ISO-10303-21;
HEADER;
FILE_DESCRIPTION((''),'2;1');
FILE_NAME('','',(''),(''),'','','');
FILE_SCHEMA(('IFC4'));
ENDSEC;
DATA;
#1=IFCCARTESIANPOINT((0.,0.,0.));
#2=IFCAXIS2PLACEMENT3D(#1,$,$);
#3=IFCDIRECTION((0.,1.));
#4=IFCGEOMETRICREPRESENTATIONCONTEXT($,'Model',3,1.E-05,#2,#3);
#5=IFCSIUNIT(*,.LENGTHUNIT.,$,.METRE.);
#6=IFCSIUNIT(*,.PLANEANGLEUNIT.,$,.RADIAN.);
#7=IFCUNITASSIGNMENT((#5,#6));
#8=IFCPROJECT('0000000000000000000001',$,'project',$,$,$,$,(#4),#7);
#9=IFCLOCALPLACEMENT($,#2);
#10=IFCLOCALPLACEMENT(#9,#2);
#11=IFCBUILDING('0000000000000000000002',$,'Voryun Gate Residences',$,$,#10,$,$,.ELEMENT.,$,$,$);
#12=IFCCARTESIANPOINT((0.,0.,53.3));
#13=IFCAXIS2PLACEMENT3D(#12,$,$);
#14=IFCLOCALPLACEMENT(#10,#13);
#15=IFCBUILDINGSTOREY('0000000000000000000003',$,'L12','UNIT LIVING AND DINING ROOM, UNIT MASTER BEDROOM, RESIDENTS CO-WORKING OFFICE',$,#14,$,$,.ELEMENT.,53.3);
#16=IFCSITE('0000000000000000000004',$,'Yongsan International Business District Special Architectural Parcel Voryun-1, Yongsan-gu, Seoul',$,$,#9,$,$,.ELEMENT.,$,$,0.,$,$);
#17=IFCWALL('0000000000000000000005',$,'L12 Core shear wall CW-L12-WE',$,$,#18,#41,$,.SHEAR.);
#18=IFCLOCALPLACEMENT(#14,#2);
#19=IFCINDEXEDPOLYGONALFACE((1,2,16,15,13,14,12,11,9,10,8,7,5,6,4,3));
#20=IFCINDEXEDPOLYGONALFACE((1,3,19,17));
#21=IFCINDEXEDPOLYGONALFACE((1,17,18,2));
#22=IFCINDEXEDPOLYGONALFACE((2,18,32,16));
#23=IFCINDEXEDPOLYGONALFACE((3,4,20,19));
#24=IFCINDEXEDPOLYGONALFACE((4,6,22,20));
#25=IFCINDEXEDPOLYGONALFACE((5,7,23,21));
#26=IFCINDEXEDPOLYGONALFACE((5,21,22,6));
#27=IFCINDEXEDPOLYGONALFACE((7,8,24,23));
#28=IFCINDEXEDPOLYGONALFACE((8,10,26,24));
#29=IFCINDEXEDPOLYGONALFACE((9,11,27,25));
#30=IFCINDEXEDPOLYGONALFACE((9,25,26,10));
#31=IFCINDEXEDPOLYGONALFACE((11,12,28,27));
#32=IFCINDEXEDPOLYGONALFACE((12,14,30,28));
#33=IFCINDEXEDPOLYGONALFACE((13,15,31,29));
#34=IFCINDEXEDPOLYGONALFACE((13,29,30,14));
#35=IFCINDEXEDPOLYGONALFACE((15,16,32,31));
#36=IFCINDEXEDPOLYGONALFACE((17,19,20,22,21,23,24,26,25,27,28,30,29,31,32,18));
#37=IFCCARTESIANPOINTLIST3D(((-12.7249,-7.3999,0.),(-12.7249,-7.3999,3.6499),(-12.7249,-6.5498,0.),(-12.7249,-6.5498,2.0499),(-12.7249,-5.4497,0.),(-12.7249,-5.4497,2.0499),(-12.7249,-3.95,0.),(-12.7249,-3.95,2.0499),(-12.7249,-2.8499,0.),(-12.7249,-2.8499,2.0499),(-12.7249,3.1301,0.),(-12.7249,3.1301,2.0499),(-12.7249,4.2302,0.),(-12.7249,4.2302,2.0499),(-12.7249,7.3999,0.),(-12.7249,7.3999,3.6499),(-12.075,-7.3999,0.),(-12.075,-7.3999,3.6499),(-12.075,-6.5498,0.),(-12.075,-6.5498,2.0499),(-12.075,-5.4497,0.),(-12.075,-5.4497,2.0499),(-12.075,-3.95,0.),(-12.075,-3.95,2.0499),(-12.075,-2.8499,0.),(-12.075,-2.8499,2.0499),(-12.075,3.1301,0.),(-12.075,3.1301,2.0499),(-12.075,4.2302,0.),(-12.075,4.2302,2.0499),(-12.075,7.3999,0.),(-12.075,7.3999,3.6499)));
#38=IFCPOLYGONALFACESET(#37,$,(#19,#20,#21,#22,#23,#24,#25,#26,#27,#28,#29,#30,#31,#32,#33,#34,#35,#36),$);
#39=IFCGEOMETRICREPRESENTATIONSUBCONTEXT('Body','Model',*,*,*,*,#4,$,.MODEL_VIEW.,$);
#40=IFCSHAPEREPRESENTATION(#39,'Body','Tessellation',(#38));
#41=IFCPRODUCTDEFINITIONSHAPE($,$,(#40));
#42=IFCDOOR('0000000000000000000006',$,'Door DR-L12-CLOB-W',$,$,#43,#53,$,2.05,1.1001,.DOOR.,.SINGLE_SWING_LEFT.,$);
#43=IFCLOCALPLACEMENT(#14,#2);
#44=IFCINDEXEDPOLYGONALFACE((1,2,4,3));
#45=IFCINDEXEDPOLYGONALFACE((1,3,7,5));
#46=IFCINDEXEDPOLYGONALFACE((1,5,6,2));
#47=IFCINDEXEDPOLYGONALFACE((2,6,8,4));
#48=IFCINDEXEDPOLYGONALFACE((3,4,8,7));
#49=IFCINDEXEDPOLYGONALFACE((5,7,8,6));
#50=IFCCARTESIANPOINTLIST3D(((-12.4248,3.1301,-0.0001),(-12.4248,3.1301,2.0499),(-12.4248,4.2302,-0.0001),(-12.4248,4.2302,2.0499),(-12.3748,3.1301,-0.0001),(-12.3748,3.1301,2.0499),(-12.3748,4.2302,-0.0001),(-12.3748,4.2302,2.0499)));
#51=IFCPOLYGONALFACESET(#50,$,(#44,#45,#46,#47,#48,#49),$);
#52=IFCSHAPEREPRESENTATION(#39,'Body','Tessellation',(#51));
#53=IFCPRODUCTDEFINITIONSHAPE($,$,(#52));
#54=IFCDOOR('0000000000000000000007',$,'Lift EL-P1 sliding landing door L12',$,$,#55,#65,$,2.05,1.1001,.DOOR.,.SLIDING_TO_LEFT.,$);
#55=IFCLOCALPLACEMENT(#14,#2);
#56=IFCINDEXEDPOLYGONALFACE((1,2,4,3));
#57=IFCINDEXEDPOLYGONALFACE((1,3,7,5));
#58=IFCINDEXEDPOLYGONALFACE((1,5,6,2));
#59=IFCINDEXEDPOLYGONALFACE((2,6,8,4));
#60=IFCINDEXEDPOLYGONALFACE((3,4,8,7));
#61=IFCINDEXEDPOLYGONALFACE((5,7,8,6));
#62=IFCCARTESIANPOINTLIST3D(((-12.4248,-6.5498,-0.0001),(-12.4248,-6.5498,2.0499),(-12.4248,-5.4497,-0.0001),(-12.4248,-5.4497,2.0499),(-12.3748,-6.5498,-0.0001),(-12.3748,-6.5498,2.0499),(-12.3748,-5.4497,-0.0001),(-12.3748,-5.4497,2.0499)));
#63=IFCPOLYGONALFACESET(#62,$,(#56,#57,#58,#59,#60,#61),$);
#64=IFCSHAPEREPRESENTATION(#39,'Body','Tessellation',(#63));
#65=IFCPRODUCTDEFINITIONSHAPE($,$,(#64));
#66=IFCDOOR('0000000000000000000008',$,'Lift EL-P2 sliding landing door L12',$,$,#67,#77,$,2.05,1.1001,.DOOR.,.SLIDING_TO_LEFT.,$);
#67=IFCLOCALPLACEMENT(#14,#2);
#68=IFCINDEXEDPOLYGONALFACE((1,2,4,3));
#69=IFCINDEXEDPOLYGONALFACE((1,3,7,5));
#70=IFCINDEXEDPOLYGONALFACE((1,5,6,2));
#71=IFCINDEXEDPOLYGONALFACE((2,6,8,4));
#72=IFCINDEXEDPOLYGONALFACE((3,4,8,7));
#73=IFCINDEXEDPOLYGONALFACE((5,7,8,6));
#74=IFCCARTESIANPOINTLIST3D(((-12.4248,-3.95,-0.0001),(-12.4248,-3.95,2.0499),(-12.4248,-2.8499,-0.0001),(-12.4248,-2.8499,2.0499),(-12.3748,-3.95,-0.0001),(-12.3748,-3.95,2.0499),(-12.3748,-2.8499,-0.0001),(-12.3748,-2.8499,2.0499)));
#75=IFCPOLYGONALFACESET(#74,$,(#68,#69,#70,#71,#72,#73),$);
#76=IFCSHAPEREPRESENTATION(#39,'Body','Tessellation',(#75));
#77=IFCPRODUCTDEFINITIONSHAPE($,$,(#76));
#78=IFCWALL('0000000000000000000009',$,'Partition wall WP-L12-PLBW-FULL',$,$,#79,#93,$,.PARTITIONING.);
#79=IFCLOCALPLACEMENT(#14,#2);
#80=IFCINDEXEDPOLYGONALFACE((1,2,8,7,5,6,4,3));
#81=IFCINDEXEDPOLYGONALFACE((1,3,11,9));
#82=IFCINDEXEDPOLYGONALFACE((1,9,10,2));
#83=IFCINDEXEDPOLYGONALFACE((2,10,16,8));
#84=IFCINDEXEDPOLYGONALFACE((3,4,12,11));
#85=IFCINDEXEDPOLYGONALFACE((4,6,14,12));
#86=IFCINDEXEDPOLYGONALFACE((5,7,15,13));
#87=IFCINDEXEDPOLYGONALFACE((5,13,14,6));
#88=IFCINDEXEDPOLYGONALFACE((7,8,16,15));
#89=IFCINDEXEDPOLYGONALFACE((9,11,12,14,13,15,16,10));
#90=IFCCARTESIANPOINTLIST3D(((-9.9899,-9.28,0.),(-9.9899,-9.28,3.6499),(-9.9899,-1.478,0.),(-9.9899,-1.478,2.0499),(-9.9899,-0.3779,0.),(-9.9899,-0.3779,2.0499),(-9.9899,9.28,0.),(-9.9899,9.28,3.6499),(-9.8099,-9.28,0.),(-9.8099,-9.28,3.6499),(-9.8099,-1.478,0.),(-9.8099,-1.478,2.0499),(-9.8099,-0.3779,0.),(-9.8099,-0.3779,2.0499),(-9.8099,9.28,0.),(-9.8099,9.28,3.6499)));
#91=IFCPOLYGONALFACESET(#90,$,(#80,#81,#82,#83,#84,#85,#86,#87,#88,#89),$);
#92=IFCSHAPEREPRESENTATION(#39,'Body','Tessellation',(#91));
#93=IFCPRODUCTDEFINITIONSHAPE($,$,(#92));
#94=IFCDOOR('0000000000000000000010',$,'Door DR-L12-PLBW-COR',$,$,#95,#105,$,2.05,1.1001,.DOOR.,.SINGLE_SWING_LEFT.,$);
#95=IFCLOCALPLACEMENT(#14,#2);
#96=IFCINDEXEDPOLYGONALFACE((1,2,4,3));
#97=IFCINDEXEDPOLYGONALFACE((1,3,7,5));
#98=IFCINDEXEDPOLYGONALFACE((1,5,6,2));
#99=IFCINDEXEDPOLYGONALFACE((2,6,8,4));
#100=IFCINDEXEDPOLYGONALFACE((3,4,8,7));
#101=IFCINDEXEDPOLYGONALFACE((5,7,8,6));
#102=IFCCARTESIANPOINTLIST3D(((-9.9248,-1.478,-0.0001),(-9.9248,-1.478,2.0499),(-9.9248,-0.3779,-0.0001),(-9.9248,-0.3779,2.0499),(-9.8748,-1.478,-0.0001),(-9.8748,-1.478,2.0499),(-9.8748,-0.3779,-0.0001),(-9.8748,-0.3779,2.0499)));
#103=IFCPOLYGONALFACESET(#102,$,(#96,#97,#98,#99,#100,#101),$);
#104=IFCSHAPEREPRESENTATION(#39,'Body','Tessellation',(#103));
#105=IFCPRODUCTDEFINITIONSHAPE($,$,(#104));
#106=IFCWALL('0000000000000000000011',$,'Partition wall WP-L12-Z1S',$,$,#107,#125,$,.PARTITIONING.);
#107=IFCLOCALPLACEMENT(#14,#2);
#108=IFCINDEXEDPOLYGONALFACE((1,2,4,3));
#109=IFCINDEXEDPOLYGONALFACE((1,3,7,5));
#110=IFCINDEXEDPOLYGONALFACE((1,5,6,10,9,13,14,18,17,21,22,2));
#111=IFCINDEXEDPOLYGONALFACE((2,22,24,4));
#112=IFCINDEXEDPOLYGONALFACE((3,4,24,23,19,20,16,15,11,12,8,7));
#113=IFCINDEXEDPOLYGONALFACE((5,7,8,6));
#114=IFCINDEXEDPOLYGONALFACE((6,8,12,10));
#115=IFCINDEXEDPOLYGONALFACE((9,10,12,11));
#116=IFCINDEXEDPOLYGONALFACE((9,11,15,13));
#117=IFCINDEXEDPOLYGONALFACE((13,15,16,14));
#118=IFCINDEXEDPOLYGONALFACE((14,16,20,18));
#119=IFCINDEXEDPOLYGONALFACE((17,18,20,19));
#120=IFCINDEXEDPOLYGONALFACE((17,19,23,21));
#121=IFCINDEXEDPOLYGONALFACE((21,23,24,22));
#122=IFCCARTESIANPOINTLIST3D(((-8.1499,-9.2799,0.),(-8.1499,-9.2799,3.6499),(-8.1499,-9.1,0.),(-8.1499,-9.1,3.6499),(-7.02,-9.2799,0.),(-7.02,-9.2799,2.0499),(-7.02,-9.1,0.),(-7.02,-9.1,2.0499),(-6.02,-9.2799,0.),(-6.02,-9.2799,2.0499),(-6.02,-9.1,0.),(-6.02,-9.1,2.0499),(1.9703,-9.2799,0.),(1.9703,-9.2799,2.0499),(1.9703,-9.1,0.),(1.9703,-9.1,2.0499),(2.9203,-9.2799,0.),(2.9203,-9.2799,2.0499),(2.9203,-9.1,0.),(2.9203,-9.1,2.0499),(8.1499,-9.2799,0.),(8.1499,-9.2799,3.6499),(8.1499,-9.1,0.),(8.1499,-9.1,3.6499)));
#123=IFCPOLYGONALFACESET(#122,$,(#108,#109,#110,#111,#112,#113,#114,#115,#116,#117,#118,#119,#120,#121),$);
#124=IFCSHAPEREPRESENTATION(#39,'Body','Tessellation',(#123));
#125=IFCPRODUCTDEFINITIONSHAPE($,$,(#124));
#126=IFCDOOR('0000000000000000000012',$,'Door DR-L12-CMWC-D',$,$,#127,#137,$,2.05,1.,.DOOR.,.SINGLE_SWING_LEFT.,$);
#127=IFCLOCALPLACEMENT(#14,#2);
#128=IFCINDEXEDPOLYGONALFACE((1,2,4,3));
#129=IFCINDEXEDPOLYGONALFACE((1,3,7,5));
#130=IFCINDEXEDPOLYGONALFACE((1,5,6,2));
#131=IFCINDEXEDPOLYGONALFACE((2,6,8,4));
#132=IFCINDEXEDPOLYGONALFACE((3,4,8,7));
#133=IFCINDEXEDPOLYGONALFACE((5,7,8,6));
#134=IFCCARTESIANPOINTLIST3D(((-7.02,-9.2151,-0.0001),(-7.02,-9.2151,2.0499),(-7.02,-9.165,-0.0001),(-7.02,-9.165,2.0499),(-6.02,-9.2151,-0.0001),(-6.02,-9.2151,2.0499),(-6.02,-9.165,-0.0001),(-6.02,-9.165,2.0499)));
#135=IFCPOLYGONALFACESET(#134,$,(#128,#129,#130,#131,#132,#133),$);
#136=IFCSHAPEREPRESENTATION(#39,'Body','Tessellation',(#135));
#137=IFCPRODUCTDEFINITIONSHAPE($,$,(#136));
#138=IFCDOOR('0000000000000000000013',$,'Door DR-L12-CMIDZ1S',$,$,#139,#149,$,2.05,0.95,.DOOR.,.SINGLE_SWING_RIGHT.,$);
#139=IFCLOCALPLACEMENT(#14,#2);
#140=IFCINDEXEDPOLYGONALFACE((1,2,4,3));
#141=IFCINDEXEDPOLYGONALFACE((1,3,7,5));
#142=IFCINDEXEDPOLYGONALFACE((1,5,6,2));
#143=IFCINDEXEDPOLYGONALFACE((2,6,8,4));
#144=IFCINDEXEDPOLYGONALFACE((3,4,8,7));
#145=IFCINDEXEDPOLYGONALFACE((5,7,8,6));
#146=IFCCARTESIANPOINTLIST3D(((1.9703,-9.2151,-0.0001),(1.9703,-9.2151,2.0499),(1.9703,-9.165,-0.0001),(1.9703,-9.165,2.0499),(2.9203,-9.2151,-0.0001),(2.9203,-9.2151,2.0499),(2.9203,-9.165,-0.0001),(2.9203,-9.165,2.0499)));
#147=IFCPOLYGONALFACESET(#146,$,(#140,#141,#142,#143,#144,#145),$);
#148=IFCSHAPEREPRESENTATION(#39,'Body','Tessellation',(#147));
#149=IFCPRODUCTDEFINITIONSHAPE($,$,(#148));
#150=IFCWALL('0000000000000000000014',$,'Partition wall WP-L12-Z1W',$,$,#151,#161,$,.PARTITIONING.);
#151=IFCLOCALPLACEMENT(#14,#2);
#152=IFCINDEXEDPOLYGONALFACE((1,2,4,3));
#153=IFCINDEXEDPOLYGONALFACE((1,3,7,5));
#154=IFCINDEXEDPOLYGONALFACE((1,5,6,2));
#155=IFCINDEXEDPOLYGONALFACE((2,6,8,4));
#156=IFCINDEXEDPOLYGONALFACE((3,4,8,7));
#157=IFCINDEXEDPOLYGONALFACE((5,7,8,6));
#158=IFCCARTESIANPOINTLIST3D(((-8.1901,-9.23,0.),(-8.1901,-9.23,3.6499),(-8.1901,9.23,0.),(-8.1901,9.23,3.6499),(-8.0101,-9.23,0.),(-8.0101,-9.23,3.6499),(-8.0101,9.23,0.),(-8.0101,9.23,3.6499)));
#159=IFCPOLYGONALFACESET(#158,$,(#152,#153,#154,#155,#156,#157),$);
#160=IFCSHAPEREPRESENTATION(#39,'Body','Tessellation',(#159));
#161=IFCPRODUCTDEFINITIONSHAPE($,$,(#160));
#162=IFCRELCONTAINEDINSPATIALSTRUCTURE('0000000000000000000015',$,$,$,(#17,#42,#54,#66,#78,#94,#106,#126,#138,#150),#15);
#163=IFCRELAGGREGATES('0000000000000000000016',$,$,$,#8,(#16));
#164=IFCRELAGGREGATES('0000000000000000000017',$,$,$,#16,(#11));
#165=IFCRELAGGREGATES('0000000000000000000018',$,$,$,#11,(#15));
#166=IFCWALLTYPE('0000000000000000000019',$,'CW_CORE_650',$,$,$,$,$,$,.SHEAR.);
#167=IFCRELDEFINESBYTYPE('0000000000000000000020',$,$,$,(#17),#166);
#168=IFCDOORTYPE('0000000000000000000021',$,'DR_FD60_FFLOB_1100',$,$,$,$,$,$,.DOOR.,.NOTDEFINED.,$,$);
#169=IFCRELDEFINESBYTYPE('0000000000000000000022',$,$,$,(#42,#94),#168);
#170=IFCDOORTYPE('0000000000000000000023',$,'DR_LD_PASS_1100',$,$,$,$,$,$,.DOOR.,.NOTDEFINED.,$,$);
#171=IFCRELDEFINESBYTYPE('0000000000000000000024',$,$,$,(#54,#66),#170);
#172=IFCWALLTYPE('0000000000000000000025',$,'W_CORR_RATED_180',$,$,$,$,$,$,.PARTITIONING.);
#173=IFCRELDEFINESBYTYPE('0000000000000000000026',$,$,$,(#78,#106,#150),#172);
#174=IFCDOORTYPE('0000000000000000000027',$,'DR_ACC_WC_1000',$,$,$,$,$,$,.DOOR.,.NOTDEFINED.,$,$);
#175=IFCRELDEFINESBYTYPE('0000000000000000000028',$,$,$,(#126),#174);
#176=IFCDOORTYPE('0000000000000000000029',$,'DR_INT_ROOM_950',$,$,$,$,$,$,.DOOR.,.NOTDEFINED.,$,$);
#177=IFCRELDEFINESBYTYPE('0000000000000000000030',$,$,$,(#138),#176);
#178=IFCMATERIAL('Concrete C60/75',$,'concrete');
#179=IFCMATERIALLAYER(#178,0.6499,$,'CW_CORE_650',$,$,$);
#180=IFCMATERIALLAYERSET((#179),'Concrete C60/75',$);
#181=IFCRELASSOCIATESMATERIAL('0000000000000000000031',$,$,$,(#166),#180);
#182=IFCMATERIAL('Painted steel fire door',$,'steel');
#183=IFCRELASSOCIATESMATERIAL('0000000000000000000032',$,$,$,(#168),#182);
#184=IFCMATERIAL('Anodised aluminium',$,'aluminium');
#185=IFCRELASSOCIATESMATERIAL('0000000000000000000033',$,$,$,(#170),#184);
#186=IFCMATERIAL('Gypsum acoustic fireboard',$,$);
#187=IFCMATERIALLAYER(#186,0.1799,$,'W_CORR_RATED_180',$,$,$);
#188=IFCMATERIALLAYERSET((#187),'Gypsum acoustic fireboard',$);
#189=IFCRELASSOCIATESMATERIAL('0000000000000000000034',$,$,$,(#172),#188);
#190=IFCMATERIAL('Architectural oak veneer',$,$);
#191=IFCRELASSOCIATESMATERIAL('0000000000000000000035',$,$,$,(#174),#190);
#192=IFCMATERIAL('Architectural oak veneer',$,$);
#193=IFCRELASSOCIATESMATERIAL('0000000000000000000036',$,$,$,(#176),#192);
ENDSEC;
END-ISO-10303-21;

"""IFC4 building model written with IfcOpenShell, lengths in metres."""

from ifc_helpers import new_model, si_unit, direction, frame, frame_2d, origin, place, context, subcontext, project, spatial, rectangle, extrude, material, layer, layer_set, type_object, element, fill, save


model = new_model("IFC4")

# Units and contexts
model_context = context("Model", 3, precision=1e-05, world=origin(), true_north=direction((0.0, 1.0)))
body_context = subcontext(model_context, "Body", "Model", "MODEL_VIEW")
ifc_project = project(units=[si_unit("LENGTHUNIT", "METRE"), si_unit("PLANEANGLEUNIT", "RADIAN")], contexts=[model_context])

# Site, building, storey
site_placement = place(None, origin())
site = spatial("IfcSite", under=ifc_project, at=site_placement, Name="Yongsan International Business District Special Architectural Parcel Voryun-1, Yongsan-gu, Seoul", CompositionType="ELEMENT", RefElevation=0.0)
building_placement = place(site_placement, origin())
building = spatial("IfcBuilding", under=site, at=building_placement, Name="Voryun Gate Residences", CompositionType="ELEMENT")
storey_placement = place(building_placement, frame((0.0, 0.0, 53.3)))
storey = spatial("IfcBuildingStorey", under=building, at=storey_placement, Name="L12", Description="UNIT LIVING AND DINING ROOM, UNIT MASTER BEDROOM, RESIDENTS CO-WORKING OFFICE", CompositionType="ELEMENT", Elevation=53.3)

# Shared definitions
ifc_material_1 = material(Name="Concrete C60/75", Category="concrete")
ifc_layer_1 = layer(ifc_material_1, 0.6499, Name="CW_CORE_650")
ifc_layer_set_1 = layer_set([ifc_layer_1], Name="Concrete C60/75")
wall_type_1 = type_object("IfcWallType", Name="CW_CORE_650", PredefinedType="SHEAR", material=ifc_layer_set_1)

# Wall, openings, doors
wall_1_placement = place(storey_placement, frame((-12.3999, -7.3999, 0.0), z_axis=(0.0, 0.0, 1.0), x_axis=(0.0, 1.0, 0.0)))
wall_1 = element("IfcWall", 1, at=wall_1_placement, inside=storey, type_object=wall_type_1, Name="L12 Core shear wall CW-L12-WE", PredefinedType="SHEAR", context=body_context, shape_type="SweptSolid", body=[
    extrude(rectangle(XDim=14.7998, YDim=0.6499, at=frame_2d((7.3999, 0.0))), origin(), (0.0, 0.0, 1.0), 3.6499),
])
opening_1_placement = place(wall_1_placement, frame((0.8501, 0.0, 0.0)))
opening_1 = element("IfcOpeningElement", 2, at=opening_1_placement, cuts=wall_1, PredefinedType="OPENING", context=body_context, shape_type="SweptSolid", body=[
    extrude(rectangle(XDim=1.1001, YDim=2.05, at=frame_2d((0.55, 1.0249))), frame((0.0, 0.335, 0.0), z_axis=(0.0, -1.0, 0.0), x_axis=(1.0, 0.0, 0.0)), (0.0, 0.0, 1.0), 0.6699),
])
opening_2_placement = place(wall_1_placement, frame((3.45, 0.0, 0.0)))
opening_2 = element("IfcOpeningElement", 3, at=opening_2_placement, cuts=wall_1, PredefinedType="OPENING", context=body_context, shape_type="SweptSolid", body=[
    extrude(rectangle(XDim=1.1001, YDim=2.05, at=frame_2d((0.55, 1.0249))), frame((0.0, 0.335, 0.0), z_axis=(0.0, -1.0, 0.0), x_axis=(1.0, 0.0, 0.0)), (0.0, 0.0, 1.0), 0.6699),
])
opening_3_placement = place(wall_1_placement, frame((10.53, 0.0, 0.0)))
opening_3 = element("IfcOpeningElement", 4, at=opening_3_placement, cuts=wall_1, PredefinedType="OPENING", context=body_context, shape_type="SweptSolid", body=[
    extrude(rectangle(XDim=1.1001, YDim=2.05, at=frame_2d((0.55, 1.0249))), frame((0.0, 0.335, 0.0), z_axis=(0.0, -1.0, 0.0), x_axis=(1.0, 0.0, 0.0)), (0.0, 0.0, 1.0), 0.6699),
])
ifc_material_2 = material(Name="Painted steel fire door", Category="steel")
door_type_1 = type_object("IfcDoorType", Name="DR_FD60_FFLOB_1100", OperationType="NOTDEFINED", PredefinedType="DOOR", material=ifc_material_2)
door_1_placement = place(opening_3_placement, origin())
door_1 = element("IfcDoor", 5, at=door_1_placement, inside=storey, type_object=door_type_1, Name="Door DR-L12-CLOB-W", OperationType="SINGLE_SWING_LEFT", OverallHeight=2.05, OverallWidth=1.1001, PredefinedType="DOOR", context=body_context, shape_type="SweptSolid", body=[
    extrude(rectangle(XDim=1.1001, YDim=2.05, at=frame_2d((0.55, 1.0249))), frame((0.0, 0.0249, 0.0), z_axis=(0.0, -1.0, 0.0), x_axis=(1.0, 0.0, 0.0)), (0.0, 0.0, 1.0), 0.05),
])
fill(opening_3, door_1)
ifc_material_3 = material(Name="Anodised aluminium", Category="aluminium")
door_type_2 = type_object("IfcDoorType", Name="DR_LD_PASS_1100", OperationType="NOTDEFINED", PredefinedType="DOOR", material=ifc_material_3)
door_2_placement = place(opening_1_placement, origin())
door_2 = element("IfcDoor", 6, at=door_2_placement, inside=storey, type_object=door_type_2, Name="Lift EL-P1 sliding landing door L12", OperationType="SLIDING_TO_LEFT", OverallHeight=2.05, OverallWidth=1.1001, PredefinedType="DOOR", context=body_context, shape_type="SweptSolid", body=[
    extrude(rectangle(XDim=1.1001, YDim=2.05, at=frame_2d((0.55, 1.0249))), frame((0.0, 0.0249, 0.0), z_axis=(0.0, -1.0, 0.0), x_axis=(1.0, 0.0, 0.0)), (0.0, 0.0, 1.0), 0.05),
])
fill(opening_1, door_2)
door_3_placement = place(opening_2_placement, origin())
door_3 = element("IfcDoor", 7, at=door_3_placement, inside=storey, type_object=door_type_2, Name="Lift EL-P2 sliding landing door L12", OperationType="SLIDING_TO_LEFT", OverallHeight=2.05, OverallWidth=1.1001, PredefinedType="DOOR", context=body_context, shape_type="SweptSolid", body=[
    extrude(rectangle(XDim=1.1001, YDim=2.05, at=frame_2d((0.55, 1.0249))), frame((0.0, 0.0249, 0.0), z_axis=(0.0, -1.0, 0.0), x_axis=(1.0, 0.0, 0.0)), (0.0, 0.0, 1.0), 0.05),
])
fill(opening_2, door_3)

# Wall, opening, door
ifc_material_4 = material(Name="Gypsum acoustic fireboard")
ifc_layer_2 = layer(ifc_material_4, 0.1799, Name="W_CORR_RATED_180")
ifc_layer_set_2 = layer_set([ifc_layer_2], Name="Gypsum acoustic fireboard")
wall_type_2 = type_object("IfcWallType", Name="W_CORR_RATED_180", PredefinedType="PARTITIONING", material=ifc_layer_set_2)
wall_2_placement = place(storey_placement, frame((-9.8999, -9.28, 0.0), z_axis=(0.0, 0.0, 1.0), x_axis=(0.0, 1.0, 0.0)))
wall_2 = element("IfcWall", 8, at=wall_2_placement, inside=storey, type_object=wall_type_2, Name="Partition wall WP-L12-PLBW-FULL", PredefinedType="PARTITIONING", context=body_context, shape_type="SweptSolid", body=[
    extrude(rectangle(XDim=18.5601, YDim=0.1799, at=frame_2d((9.28, 0.0))), origin(), (0.0, 0.0, 1.0), 3.6499),
])
opening_4_placement = place(wall_2_placement, frame((7.802, 0.0, 0.0)))
opening_4 = element("IfcOpeningElement", 9, at=opening_4_placement, cuts=wall_2, PredefinedType="OPENING", context=body_context, shape_type="SweptSolid", body=[
    extrude(rectangle(XDim=1.1001, YDim=2.05, at=frame_2d((0.55, 1.0249))), frame((0.0, 0.0999, 0.0), z_axis=(0.0, -1.0, 0.0), x_axis=(1.0, 0.0, 0.0)), (0.0, 0.0, 1.0), 0.2),
])
door_4_placement = place(opening_4_placement, origin())
door_4 = element("IfcDoor", 10, at=door_4_placement, inside=storey, type_object=door_type_1, Name="Door DR-L12-PLBW-COR", OperationType="SINGLE_SWING_LEFT", OverallHeight=2.05, OverallWidth=1.1001, PredefinedType="DOOR", context=body_context, shape_type="SweptSolid", body=[
    extrude(rectangle(XDim=1.1001, YDim=2.05, at=frame_2d((0.55, 1.0249))), frame((0.0, 0.0249, 0.0), z_axis=(0.0, -1.0, 0.0), x_axis=(1.0, 0.0, 0.0)), (0.0, 0.0, 1.0), 0.05),
])
fill(opening_4, door_4)

# Wall, openings, doors
wall_3_placement = place(storey_placement, frame((-8.1499, -9.1899, 0.0), z_axis=(0.0, 0.0, 1.0), x_axis=(1.0, 0.0, 0.0)))
wall_3 = element("IfcWall", 11, at=wall_3_placement, inside=storey, type_object=wall_type_2, Name="Partition wall WP-L12-Z1S", PredefinedType="PARTITIONING", context=body_context, shape_type="SweptSolid", body=[
    extrude(rectangle(XDim=16.2998, YDim=0.1799, at=frame_2d((8.1499, 0.0))), origin(), (0.0, 0.0, 1.0), 3.6499),
])
opening_5_placement = place(wall_3_placement, frame((1.1299, 0.0, 0.0)))
opening_5 = element("IfcOpeningElement", 12, at=opening_5_placement, cuts=wall_3, PredefinedType="OPENING", context=body_context, shape_type="SweptSolid", body=[
    extrude(rectangle(XDim=1.0, YDim=2.05, at=frame_2d((0.5, 1.0249))), frame((0.0, 0.0999, 0.0), z_axis=(0.0, -1.0, 0.0), x_axis=(1.0, 0.0, 0.0)), (0.0, 0.0, 1.0), 0.2),
])
opening_6_placement = place(wall_3_placement, frame((10.1201, 0.0, 0.0)))
opening_6 = element("IfcOpeningElement", 13, at=opening_6_placement, cuts=wall_3, PredefinedType="OPENING", context=body_context, shape_type="SweptSolid", body=[
    extrude(rectangle(XDim=0.95, YDim=2.05, at=frame_2d((0.4751, 1.0249))), frame((0.0, 0.0999, 0.0), z_axis=(0.0, -1.0, 0.0), x_axis=(1.0, 0.0, 0.0)), (0.0, 0.0, 1.0), 0.2),
])
ifc_material_5 = material(Name="Architectural oak veneer")
door_type_3 = type_object("IfcDoorType", Name="DR_ACC_WC_1000", OperationType="NOTDEFINED", PredefinedType="DOOR", material=ifc_material_5)
door_5_placement = place(opening_5_placement, origin())
door_5 = element("IfcDoor", 14, at=door_5_placement, inside=storey, type_object=door_type_3, Name="Door DR-L12-CMWC-D", OperationType="SINGLE_SWING_LEFT", OverallHeight=2.05, OverallWidth=1.0, PredefinedType="DOOR", context=body_context, shape_type="SweptSolid", body=[
    extrude(rectangle(XDim=1.0, YDim=2.05, at=frame_2d((0.5, 1.0249))), frame((0.0, 0.0249, 0.0), z_axis=(0.0, -1.0, 0.0), x_axis=(1.0, 0.0, 0.0)), (0.0, 0.0, 1.0), 0.05),
])
fill(opening_5, door_5)
ifc_material_6 = material(Name="Architectural oak veneer")
door_type_4 = type_object("IfcDoorType", Name="DR_INT_ROOM_950", OperationType="NOTDEFINED", PredefinedType="DOOR", material=ifc_material_6)
door_6_placement = place(opening_6_placement, origin())
door_6 = element("IfcDoor", 15, at=door_6_placement, inside=storey, type_object=door_type_4, Name="Door DR-L12-CMIDZ1S", OperationType="SINGLE_SWING_RIGHT", OverallHeight=2.05, OverallWidth=0.95, PredefinedType="DOOR", context=body_context, shape_type="SweptSolid", body=[
    extrude(rectangle(XDim=0.95, YDim=2.05, at=frame_2d((0.4751, 1.0249))), frame((0.0, 0.0249, 0.0), z_axis=(0.0, -1.0, 0.0), x_axis=(1.0, 0.0, 0.0)), (0.0, 0.0, 1.0), 0.05),
])
fill(opening_6, door_6)

# Wall
wall_4_placement = place(storey_placement, frame((-8.1001, -9.23, 0.0), z_axis=(0.0, 0.0, 1.0), x_axis=(0.0, 1.0, 0.0)))
element("IfcWall", 16, at=wall_4_placement, inside=storey, type_object=wall_type_2, Name="Partition wall WP-L12-Z1W", PredefinedType="PARTITIONING", context=body_context, shape_type="SweptSolid", body=[
    extrude(rectangle(XDim=18.46, YDim=0.1799, at=frame_2d((9.23, 0.0))), origin(), (0.0, 0.0, 1.0), 3.6499),
])

save(model, "model.ifc")
